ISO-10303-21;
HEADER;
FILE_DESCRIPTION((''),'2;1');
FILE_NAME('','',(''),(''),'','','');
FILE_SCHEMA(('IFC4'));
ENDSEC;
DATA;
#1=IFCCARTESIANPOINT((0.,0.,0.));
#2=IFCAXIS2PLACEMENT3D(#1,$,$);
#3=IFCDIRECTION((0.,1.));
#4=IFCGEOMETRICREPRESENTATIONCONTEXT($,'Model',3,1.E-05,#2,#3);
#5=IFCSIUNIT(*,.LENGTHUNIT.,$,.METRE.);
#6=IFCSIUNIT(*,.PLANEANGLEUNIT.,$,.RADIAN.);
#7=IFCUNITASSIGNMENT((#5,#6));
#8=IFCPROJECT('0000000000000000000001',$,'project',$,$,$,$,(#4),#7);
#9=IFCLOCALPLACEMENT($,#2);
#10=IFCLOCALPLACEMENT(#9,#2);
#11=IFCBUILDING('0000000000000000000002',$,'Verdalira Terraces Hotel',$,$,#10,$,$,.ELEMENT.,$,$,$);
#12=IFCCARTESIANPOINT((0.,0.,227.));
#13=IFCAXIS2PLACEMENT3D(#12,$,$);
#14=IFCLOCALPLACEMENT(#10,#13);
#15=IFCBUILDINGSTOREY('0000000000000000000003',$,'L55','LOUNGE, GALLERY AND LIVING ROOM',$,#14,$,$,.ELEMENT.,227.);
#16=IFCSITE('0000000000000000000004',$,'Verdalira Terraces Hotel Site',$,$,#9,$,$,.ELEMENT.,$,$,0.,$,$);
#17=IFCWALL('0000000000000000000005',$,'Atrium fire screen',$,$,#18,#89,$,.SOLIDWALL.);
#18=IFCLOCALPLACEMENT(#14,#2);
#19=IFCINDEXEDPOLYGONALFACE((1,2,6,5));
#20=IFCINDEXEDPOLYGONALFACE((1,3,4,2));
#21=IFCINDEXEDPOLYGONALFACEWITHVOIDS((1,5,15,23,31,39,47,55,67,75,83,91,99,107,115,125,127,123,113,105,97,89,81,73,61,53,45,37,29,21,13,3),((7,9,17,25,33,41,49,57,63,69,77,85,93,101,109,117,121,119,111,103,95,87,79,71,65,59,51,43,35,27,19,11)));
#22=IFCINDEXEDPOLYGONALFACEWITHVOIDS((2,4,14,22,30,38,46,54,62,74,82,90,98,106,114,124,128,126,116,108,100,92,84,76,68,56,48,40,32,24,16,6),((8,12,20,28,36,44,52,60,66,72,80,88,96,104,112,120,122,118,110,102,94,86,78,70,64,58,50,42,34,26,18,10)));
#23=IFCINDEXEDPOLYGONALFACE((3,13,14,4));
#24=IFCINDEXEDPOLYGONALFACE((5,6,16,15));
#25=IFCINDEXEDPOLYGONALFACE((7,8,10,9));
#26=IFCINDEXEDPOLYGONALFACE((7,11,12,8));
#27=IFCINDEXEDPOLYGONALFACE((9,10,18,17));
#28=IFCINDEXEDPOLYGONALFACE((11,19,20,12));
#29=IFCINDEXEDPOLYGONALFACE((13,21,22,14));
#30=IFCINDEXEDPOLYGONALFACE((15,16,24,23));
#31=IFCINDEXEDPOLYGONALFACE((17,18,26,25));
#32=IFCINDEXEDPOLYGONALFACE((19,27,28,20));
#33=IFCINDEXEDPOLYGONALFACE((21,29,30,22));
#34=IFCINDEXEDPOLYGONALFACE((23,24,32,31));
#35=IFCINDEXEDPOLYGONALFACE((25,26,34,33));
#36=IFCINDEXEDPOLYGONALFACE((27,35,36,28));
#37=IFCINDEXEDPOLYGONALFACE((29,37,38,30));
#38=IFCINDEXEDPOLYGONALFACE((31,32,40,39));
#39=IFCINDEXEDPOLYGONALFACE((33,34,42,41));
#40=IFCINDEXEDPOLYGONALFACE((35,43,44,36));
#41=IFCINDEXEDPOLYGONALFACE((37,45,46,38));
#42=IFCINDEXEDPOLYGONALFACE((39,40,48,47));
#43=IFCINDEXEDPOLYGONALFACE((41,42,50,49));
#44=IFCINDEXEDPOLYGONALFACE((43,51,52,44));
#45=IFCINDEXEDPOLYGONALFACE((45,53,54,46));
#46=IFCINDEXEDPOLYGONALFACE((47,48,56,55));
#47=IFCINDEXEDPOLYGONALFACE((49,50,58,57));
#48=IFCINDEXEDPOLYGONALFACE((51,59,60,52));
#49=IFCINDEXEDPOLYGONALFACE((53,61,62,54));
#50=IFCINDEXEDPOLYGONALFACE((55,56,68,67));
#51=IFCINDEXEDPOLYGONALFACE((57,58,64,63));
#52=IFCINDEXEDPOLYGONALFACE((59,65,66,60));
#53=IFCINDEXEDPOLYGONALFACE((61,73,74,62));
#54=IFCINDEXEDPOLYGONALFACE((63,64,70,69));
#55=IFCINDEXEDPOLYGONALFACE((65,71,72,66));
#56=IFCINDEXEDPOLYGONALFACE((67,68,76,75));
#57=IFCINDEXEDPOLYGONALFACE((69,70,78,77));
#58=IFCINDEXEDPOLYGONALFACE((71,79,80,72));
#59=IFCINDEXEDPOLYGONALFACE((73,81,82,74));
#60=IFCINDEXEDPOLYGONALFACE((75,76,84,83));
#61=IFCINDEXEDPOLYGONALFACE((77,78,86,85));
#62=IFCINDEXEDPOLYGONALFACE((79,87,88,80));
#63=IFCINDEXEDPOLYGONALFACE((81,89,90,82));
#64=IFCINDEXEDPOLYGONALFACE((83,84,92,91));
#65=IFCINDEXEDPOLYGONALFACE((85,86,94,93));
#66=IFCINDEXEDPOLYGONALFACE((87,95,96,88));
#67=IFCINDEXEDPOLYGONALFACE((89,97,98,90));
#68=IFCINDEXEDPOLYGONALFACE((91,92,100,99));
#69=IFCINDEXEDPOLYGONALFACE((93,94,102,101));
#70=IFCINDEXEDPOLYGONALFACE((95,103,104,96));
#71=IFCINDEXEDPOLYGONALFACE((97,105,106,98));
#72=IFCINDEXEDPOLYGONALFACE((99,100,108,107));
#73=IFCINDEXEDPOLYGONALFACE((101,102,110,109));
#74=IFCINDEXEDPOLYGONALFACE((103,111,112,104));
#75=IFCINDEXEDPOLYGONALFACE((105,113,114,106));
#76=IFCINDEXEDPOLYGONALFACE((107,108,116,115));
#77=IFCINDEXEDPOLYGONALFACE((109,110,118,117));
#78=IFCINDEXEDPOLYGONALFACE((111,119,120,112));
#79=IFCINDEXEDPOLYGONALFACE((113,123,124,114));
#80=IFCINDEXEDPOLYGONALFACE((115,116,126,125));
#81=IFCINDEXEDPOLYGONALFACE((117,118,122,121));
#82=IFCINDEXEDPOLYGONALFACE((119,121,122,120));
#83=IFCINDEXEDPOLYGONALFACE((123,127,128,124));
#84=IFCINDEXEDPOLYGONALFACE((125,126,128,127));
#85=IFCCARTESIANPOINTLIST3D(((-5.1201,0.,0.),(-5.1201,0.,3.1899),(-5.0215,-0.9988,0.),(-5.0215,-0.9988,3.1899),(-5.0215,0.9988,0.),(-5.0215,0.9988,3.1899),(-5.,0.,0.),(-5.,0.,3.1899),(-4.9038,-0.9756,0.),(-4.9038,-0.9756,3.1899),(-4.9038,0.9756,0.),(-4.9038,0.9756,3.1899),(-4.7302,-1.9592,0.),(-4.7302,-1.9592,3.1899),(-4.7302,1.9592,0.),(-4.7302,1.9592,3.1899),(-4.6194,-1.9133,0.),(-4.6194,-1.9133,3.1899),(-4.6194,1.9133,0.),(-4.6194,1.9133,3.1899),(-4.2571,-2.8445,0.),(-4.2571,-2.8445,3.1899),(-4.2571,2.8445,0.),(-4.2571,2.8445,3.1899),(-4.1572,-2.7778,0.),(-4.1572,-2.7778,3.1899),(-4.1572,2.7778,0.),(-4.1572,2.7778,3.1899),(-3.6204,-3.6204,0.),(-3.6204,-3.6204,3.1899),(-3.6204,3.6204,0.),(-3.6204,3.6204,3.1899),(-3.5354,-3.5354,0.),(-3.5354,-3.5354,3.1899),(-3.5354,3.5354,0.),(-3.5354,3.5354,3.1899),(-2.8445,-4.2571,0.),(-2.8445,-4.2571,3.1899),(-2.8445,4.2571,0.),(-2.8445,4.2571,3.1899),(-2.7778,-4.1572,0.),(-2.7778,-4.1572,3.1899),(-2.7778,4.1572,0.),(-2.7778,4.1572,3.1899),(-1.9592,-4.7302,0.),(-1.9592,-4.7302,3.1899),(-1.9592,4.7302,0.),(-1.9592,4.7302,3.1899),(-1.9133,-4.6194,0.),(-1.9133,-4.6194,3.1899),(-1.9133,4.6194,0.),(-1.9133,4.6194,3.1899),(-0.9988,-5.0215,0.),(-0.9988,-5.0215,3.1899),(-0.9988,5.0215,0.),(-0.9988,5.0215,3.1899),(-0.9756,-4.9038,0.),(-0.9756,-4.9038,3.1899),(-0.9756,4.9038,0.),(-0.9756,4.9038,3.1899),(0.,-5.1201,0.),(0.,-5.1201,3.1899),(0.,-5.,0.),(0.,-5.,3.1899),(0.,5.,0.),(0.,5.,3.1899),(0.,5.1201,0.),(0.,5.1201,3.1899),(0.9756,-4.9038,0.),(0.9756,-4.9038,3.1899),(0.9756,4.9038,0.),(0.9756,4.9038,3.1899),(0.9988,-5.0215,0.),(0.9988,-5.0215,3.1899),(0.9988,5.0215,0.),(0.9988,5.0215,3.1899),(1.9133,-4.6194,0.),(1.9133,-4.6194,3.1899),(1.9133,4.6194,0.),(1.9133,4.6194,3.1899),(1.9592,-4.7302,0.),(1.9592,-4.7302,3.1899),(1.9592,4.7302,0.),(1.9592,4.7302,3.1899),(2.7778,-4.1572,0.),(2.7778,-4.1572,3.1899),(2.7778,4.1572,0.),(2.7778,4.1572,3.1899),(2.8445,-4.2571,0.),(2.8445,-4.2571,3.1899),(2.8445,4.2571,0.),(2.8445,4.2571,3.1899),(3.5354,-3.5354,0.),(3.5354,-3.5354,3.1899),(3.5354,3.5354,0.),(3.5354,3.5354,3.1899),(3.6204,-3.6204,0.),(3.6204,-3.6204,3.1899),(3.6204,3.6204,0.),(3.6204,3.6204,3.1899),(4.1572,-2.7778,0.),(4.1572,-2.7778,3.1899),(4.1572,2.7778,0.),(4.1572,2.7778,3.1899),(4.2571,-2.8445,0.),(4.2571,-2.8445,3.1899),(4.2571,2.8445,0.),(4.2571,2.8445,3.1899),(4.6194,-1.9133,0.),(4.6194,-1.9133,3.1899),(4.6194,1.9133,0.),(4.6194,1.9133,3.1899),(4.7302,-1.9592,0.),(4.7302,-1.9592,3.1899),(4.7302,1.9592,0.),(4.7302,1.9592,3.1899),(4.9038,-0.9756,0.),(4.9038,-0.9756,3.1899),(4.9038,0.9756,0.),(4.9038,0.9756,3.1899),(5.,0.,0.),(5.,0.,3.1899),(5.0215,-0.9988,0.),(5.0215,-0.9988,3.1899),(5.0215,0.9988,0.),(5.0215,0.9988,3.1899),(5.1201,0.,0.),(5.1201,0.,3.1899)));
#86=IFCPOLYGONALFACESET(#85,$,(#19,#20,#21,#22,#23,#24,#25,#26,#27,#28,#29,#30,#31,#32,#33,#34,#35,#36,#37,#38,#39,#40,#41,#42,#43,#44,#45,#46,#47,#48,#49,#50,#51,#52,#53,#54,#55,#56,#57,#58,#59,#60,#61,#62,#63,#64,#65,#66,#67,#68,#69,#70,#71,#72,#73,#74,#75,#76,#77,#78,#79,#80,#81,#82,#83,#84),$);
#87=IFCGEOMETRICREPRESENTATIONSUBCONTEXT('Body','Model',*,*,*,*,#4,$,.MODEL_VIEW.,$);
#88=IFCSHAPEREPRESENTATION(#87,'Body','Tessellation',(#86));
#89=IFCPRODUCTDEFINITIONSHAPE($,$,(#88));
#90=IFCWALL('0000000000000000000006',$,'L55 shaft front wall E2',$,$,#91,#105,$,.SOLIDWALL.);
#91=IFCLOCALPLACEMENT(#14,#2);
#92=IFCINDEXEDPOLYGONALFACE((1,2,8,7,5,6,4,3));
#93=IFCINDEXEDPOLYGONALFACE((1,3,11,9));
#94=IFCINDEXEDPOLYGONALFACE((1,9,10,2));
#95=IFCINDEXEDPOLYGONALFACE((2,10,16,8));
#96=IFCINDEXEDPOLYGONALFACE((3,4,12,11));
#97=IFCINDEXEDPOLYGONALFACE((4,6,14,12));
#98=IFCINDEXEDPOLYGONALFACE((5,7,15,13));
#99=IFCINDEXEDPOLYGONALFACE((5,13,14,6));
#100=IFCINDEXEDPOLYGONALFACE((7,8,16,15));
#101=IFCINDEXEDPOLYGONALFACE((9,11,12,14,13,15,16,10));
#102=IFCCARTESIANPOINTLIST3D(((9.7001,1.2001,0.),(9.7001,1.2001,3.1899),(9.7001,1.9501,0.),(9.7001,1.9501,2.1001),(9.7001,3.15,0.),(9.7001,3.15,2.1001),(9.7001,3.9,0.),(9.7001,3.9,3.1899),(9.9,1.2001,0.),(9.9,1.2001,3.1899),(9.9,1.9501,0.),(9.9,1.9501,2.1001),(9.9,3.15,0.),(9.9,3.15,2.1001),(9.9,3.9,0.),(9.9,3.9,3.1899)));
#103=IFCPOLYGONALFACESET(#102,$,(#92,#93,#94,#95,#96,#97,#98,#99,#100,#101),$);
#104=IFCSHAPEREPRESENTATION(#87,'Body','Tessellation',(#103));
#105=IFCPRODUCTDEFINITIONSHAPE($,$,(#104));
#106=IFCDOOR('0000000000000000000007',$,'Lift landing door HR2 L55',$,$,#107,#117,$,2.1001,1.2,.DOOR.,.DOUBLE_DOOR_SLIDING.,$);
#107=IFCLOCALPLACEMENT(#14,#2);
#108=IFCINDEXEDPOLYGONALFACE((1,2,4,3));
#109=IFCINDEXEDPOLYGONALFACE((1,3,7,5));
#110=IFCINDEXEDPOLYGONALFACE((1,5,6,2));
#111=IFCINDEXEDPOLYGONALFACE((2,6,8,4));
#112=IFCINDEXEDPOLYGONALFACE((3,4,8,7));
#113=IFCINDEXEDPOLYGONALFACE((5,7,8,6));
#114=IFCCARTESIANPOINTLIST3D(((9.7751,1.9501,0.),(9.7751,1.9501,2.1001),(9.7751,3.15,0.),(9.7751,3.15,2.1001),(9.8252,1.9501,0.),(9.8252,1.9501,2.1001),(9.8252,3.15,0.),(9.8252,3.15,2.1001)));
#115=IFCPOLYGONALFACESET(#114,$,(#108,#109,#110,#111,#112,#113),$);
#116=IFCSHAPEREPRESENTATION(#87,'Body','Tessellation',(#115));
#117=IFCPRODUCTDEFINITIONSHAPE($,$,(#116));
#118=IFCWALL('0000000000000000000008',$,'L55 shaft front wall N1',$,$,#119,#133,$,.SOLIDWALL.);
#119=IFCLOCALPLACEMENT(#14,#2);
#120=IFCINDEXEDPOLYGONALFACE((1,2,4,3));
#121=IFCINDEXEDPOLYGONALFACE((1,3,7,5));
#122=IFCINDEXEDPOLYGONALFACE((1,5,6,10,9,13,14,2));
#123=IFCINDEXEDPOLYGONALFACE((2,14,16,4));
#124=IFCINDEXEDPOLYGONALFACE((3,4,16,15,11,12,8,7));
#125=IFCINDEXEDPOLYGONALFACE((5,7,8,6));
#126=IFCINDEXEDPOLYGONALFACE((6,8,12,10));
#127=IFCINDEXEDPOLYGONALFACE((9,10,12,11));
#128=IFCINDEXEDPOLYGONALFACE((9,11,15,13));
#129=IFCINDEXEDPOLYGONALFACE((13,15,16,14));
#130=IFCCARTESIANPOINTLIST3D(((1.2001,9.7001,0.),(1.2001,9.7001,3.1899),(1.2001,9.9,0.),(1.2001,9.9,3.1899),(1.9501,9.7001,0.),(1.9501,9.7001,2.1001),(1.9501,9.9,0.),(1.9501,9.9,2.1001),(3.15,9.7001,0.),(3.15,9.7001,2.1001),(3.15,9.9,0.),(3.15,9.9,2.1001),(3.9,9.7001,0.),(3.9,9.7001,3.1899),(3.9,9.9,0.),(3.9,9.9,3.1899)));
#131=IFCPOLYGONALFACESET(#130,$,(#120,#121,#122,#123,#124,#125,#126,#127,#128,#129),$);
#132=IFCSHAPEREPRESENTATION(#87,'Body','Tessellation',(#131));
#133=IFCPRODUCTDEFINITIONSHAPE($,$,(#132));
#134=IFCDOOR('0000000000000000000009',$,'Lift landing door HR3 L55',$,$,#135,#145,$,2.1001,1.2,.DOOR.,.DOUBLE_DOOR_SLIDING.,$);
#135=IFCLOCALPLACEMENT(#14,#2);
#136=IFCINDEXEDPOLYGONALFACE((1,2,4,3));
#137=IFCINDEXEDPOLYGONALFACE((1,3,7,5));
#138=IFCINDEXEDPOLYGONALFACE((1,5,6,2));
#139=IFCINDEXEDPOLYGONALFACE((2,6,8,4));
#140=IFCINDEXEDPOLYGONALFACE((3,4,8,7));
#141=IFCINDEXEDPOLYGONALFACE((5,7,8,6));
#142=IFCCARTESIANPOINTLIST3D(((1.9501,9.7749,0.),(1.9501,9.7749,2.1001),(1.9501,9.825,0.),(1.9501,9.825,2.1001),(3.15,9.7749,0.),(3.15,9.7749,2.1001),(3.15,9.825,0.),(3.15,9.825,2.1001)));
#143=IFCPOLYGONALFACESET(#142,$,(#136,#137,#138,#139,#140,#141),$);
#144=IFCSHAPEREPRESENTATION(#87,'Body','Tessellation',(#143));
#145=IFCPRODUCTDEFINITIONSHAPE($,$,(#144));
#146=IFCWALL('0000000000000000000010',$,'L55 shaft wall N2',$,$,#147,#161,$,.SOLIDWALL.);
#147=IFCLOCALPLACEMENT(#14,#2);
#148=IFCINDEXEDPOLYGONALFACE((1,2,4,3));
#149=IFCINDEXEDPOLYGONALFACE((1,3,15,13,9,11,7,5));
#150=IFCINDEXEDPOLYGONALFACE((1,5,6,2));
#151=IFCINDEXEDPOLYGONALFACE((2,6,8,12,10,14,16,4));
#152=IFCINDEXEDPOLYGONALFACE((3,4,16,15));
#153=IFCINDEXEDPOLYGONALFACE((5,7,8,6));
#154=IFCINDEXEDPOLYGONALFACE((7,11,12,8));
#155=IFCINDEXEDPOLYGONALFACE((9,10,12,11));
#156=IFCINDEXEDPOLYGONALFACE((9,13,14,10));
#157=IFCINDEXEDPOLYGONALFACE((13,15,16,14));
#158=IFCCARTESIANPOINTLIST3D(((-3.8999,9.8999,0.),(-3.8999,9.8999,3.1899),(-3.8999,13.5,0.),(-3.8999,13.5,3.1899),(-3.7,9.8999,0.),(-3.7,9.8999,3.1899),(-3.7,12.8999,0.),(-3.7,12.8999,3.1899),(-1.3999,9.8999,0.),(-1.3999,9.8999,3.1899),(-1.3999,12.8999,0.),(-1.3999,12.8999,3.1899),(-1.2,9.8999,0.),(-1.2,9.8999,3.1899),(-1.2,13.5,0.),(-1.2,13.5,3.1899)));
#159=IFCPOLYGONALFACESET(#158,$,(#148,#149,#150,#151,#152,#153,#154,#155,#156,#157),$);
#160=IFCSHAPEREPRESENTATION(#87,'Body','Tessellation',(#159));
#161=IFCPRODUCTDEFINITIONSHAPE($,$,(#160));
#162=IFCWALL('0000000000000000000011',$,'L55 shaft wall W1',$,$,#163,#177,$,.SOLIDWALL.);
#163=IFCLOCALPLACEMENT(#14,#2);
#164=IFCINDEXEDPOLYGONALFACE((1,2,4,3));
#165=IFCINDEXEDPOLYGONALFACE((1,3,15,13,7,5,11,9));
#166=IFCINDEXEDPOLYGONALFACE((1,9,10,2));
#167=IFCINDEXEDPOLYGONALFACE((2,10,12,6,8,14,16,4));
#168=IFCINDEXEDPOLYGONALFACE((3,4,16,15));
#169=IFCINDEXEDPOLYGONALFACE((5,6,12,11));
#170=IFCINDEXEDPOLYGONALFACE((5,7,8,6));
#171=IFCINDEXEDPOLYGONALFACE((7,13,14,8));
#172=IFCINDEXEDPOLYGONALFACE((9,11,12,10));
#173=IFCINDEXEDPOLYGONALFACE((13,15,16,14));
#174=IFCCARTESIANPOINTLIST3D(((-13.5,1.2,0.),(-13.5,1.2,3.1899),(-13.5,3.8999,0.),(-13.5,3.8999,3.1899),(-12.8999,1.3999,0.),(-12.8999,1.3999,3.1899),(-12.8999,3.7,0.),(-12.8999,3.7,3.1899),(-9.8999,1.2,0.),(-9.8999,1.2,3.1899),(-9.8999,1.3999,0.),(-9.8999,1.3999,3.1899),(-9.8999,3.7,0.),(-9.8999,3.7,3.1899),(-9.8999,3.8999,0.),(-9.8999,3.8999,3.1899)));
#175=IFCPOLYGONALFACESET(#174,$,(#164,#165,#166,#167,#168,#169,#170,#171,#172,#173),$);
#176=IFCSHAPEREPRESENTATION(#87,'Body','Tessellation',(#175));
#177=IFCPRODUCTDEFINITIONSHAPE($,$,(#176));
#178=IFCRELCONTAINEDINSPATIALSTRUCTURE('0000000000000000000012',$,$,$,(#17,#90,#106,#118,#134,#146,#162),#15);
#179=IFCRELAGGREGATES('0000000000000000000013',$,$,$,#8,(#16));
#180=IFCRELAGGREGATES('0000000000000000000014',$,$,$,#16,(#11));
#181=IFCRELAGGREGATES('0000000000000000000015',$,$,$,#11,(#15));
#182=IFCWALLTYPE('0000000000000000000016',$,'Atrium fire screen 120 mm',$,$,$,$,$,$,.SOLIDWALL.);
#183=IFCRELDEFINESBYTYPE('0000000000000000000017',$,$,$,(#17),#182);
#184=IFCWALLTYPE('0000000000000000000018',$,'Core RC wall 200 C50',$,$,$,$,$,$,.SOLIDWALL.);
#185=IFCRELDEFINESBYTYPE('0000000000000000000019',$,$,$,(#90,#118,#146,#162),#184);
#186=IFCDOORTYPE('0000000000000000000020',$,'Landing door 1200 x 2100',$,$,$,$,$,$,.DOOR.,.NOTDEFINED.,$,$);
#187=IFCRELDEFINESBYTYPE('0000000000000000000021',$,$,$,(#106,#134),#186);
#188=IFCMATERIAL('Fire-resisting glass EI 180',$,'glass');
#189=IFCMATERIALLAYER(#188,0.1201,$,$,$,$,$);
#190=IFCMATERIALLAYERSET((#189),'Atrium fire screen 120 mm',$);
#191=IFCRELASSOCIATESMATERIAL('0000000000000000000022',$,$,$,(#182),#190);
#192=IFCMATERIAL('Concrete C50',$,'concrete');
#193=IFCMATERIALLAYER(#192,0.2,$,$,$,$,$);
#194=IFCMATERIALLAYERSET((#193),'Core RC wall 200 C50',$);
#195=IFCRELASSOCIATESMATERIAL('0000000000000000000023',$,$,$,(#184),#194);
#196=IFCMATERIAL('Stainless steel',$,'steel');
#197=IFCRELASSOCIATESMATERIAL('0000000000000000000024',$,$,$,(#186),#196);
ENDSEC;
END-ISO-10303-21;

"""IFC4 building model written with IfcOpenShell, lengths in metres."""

from ifc_helpers import new_model, si_unit, direction, frame, frame_2d, origin, place, context, subcontext, project, spatial, polyline, rectangle, outline, extrude, material, layer, layer_set, type_object, element, fill, save


model = new_model("IFC4")

# Units and contexts
model_context = context("Model", 3, precision=1e-05, world=origin(), true_north=direction((0.0, 1.0)))
body_context = subcontext(model_context, "Body", "Model", "MODEL_VIEW")
ifc_project = project(units=[si_unit("LENGTHUNIT", "METRE"), si_unit("PLANEANGLEUNIT", "RADIAN")], contexts=[model_context])

# Site, building, storey
site_placement = place(None, origin())
site = spatial("IfcSite", under=ifc_project, at=site_placement, Name="Verdalira Terraces Hotel Site", CompositionType="ELEMENT", RefElevation=0.0)
building_placement = place(site_placement, origin())
building = spatial("IfcBuilding", under=site, at=building_placement, Name="Verdalira Terraces Hotel", CompositionType="ELEMENT")
storey_placement = place(building_placement, frame((0.0, 0.0, 227.0)))
storey = spatial("IfcBuildingStorey", under=building, at=storey_placement, Name="L55", Description="LOUNGE, GALLERY AND LIVING ROOM", CompositionType="ELEMENT", Elevation=227.0)

# Wall
ifc_material_1 = material(Name="Fire-resisting glass EI 180", Category="glass")
ifc_layer_1 = layer(ifc_material_1, 0.1201)
ifc_layer_set_1 = layer_set([ifc_layer_1], Name="Atrium fire screen 120 mm")
wall_type_1 = type_object("IfcWallType", Name="Atrium fire screen 120 mm", PredefinedType="SOLIDWALL", material=ifc_layer_set_1)
wall_1_placement = place(storey_placement, origin())
element("IfcWall", 1, at=wall_1_placement, inside=storey, type_object=wall_type_1, Name="Atrium fire screen", PredefinedType="SOLIDWALL", context=body_context, shape_type="SweptSolid", body=[
    extrude(outline(polyline([(5.0215, -0.9988), (4.7302, -1.9592), (4.2571, -2.8445), (3.6204, -3.6204), (2.8445, -4.2571), (1.9592, -4.7302), (0.9988, -5.0215), (0.0, -5.1201), (-0.9988, -5.0215), (-1.9592, -4.7302), (-2.8445, -4.2571), (-3.6204, -3.6204), (-4.2571, -2.8445), (-4.7302, -1.9592), (-5.0215, -0.9988), (-5.1201, 0.0), (-5.0215, 0.9988), (-4.7302, 1.9592), (-4.2571, 2.8445), (-3.6204, 3.6204), (-2.8445, 4.2571), (-1.9592, 4.7302), (-0.9988, 5.0215), (0.0, 5.1201), (0.9988, 5.0215), (1.9592, 4.7302), (2.8445, 4.2571), (3.6204, 3.6204), (4.2571, 2.8445), (4.7302, 1.9592), (5.0215, 0.9988), (5.1201, 0.0), (5.0215, -0.9988)]), holes=[polyline([(4.9038, 0.9756), (4.6194, 1.9133), (4.1572, 2.7778), (3.5354, 3.5354), (2.7778, 4.1572), (1.9133, 4.6194), (0.9756, 4.9038), (0.0, 5.0), (-0.9756, 4.9038), (-1.9133, 4.6194), (-2.7778, 4.1572), (-3.5354, 3.5354), (-4.1572, 2.7778), (-4.6194, 1.9133), (-4.9038, 0.9756), (-5.0, 0.0), (-4.9038, -0.9756), (-4.6194, -1.9133), (-4.1572, -2.7778), (-3.5354, -3.5354), (-2.7778, -4.1572), (-1.9133, -4.6194), (-0.9756, -4.9038), (0.0, -5.0), (0.9756, -4.9038), (1.9133, -4.6194), (2.7778, -4.1572), (3.5354, -3.5354), (4.1572, -2.7778), (4.6194, -1.9133), (4.9038, -0.9756), (5.0, 0.0), (4.9038, 0.9756)])]), origin(), (0.0, 0.0, 1.0), 3.1899),
])

# Walls, openings, doors
ifc_material_2 = material(Name="Concrete C50", Category="concrete")
ifc_layer_2 = layer(ifc_material_2, 0.2)
ifc_layer_set_2 = layer_set([ifc_layer_2], Name="Core RC wall 200 C50")
wall_type_2 = type_object("IfcWallType", Name="Core RC wall 200 C50", PredefinedType="SOLIDWALL", material=ifc_layer_set_2)
wall_2_placement = place(storey_placement, frame((9.8, 1.2, 0.0), z_axis=(0.0, 0.0, 1.0), x_axis=(0.0, 1.0, 0.0)))
wall_2 = element("IfcWall", 2, at=wall_2_placement, inside=storey, type_object=wall_type_2, Name="L55 shaft front wall E2", PredefinedType="SOLIDWALL", context=body_context, shape_type="SweptSolid", body=[
    extrude(rectangle(XDim=2.7, YDim=0.2, at=frame_2d((1.3501, 0.0))), origin(), (0.0, 0.0, 1.0), 3.1899),
])
opening_1_placement = place(wall_2_placement, frame((0.75, 0.0, 0.0)))
opening_1 = element("IfcOpeningElement", 3, at=opening_1_placement, cuts=wall_2, PredefinedType="OPENING", context=body_context, shape_type="SweptSolid", body=[
    extrude(rectangle(XDim=1.2, YDim=2.1001, at=frame_2d((0.6001, 1.05))), frame((0.0, 0.1099, 0.0), z_axis=(0.0, -1.0, 0.0), x_axis=(1.0, 0.0, 0.0)), (0.0, 0.0, 1.0), 0.22),
])
ifc_material_3 = material(Name="Stainless steel", Category="steel")
door_type_1 = type_object("IfcDoorType", Name="Landing door 1200 x 2100", OperationType="NOTDEFINED", PredefinedType="DOOR", material=ifc_material_3)
door_1_placement = place(opening_1_placement, origin())
door_1 = element("IfcDoor", 4, at=door_1_placement, inside=storey, type_object=door_type_1, Name="Lift landing door HR2 L55", OperationType="DOUBLE_DOOR_SLIDING", OverallHeight=2.1001, OverallWidth=1.2, PredefinedType="DOOR", context=body_context, shape_type="SweptSolid", body=[
    extrude(rectangle(XDim=1.2, YDim=2.1001, at=frame_2d((0.6001, 1.05))), frame((0.0, 0.0249, 0.0), z_axis=(0.0, -1.0, 0.0), x_axis=(1.0, 0.0, 0.0)), (0.0, 0.0, 1.0), 0.05),
])
fill(opening_1, door_1)
wall_3_placement = place(storey_placement, frame((1.2, 9.8, 0.0), z_axis=(0.0, 0.0, 1.0), x_axis=(1.0, 0.0, 0.0)))
wall_3 = element("IfcWall", 5, at=wall_3_placement, inside=storey, type_object=wall_type_2, Name="L55 shaft front wall N1", PredefinedType="SOLIDWALL", context=body_context, shape_type="SweptSolid", body=[
    extrude(rectangle(XDim=2.7, YDim=0.2, at=frame_2d((1.3501, 0.0))), origin(), (0.0, 0.0, 1.0), 3.1899),
])
opening_2_placement = place(wall_3_placement, frame((0.75, 0.0, 0.0)))
opening_2 = element("IfcOpeningElement", 6, at=opening_2_placement, cuts=wall_3, PredefinedType="OPENING", context=body_context, shape_type="SweptSolid", body=[
    extrude(rectangle(XDim=1.2, YDim=2.1001, at=frame_2d((0.6001, 1.05))), frame((0.0, 0.1099, 0.0), z_axis=(0.0, -1.0, 0.0), x_axis=(1.0, 0.0, 0.0)), (0.0, 0.0, 1.0), 0.22),
])
door_2_placement = place(opening_2_placement, origin())
door_2 = element("IfcDoor", 7, at=door_2_placement, inside=storey, type_object=door_type_1, Name="Lift landing door HR3 L55", OperationType="DOUBLE_DOOR_SLIDING", OverallHeight=2.1001, OverallWidth=1.2, PredefinedType="DOOR", context=body_context, shape_type="SweptSolid", body=[
    extrude(rectangle(XDim=1.2, YDim=2.1001, at=frame_2d((0.6001, 1.05))), frame((0.0, 0.0249, 0.0), z_axis=(0.0, -1.0, 0.0), x_axis=(1.0, 0.0, 0.0)), (0.0, 0.0, 1.0), 0.05),
])
fill(opening_2, door_2)

# Walls
wall_4_placement = place(storey_placement, origin())
element("IfcWall", 8, at=wall_4_placement, inside=storey, type_object=wall_type_2, Name="L55 shaft wall N2", PredefinedType="SOLIDWALL", context=body_context, shape_type="SweptSolid", body=[
    extrude(outline(polyline([(-3.8999, 13.5), (-1.2, 13.5), (-1.2, 9.8999), (-1.3999, 9.8999), (-1.3999, 12.8999), (-3.7, 12.8999), (-3.7, 9.8999), (-3.8999, 9.8999), (-3.8999, 13.5)])), origin(), (0.0, 0.0, 1.0), 3.1899),
])
wall_5_placement = place(storey_placement, origin())
element("IfcWall", 9, at=wall_5_placement, inside=storey, type_object=wall_type_2, Name="L55 shaft wall W1", PredefinedType="SOLIDWALL", context=body_context, shape_type="SweptSolid", body=[
    extrude(outline(polyline([(-13.5, 3.8999), (-9.8999, 3.8999), (-9.8999, 3.7), (-12.8999, 3.7), (-12.8999, 1.3999), (-9.8999, 1.3999), (-9.8999, 1.2), (-13.5, 1.2), (-13.5, 3.8999)])), origin(), (0.0, 0.0, 1.0), 3.1899),
])

save(model, "model.ifc")
